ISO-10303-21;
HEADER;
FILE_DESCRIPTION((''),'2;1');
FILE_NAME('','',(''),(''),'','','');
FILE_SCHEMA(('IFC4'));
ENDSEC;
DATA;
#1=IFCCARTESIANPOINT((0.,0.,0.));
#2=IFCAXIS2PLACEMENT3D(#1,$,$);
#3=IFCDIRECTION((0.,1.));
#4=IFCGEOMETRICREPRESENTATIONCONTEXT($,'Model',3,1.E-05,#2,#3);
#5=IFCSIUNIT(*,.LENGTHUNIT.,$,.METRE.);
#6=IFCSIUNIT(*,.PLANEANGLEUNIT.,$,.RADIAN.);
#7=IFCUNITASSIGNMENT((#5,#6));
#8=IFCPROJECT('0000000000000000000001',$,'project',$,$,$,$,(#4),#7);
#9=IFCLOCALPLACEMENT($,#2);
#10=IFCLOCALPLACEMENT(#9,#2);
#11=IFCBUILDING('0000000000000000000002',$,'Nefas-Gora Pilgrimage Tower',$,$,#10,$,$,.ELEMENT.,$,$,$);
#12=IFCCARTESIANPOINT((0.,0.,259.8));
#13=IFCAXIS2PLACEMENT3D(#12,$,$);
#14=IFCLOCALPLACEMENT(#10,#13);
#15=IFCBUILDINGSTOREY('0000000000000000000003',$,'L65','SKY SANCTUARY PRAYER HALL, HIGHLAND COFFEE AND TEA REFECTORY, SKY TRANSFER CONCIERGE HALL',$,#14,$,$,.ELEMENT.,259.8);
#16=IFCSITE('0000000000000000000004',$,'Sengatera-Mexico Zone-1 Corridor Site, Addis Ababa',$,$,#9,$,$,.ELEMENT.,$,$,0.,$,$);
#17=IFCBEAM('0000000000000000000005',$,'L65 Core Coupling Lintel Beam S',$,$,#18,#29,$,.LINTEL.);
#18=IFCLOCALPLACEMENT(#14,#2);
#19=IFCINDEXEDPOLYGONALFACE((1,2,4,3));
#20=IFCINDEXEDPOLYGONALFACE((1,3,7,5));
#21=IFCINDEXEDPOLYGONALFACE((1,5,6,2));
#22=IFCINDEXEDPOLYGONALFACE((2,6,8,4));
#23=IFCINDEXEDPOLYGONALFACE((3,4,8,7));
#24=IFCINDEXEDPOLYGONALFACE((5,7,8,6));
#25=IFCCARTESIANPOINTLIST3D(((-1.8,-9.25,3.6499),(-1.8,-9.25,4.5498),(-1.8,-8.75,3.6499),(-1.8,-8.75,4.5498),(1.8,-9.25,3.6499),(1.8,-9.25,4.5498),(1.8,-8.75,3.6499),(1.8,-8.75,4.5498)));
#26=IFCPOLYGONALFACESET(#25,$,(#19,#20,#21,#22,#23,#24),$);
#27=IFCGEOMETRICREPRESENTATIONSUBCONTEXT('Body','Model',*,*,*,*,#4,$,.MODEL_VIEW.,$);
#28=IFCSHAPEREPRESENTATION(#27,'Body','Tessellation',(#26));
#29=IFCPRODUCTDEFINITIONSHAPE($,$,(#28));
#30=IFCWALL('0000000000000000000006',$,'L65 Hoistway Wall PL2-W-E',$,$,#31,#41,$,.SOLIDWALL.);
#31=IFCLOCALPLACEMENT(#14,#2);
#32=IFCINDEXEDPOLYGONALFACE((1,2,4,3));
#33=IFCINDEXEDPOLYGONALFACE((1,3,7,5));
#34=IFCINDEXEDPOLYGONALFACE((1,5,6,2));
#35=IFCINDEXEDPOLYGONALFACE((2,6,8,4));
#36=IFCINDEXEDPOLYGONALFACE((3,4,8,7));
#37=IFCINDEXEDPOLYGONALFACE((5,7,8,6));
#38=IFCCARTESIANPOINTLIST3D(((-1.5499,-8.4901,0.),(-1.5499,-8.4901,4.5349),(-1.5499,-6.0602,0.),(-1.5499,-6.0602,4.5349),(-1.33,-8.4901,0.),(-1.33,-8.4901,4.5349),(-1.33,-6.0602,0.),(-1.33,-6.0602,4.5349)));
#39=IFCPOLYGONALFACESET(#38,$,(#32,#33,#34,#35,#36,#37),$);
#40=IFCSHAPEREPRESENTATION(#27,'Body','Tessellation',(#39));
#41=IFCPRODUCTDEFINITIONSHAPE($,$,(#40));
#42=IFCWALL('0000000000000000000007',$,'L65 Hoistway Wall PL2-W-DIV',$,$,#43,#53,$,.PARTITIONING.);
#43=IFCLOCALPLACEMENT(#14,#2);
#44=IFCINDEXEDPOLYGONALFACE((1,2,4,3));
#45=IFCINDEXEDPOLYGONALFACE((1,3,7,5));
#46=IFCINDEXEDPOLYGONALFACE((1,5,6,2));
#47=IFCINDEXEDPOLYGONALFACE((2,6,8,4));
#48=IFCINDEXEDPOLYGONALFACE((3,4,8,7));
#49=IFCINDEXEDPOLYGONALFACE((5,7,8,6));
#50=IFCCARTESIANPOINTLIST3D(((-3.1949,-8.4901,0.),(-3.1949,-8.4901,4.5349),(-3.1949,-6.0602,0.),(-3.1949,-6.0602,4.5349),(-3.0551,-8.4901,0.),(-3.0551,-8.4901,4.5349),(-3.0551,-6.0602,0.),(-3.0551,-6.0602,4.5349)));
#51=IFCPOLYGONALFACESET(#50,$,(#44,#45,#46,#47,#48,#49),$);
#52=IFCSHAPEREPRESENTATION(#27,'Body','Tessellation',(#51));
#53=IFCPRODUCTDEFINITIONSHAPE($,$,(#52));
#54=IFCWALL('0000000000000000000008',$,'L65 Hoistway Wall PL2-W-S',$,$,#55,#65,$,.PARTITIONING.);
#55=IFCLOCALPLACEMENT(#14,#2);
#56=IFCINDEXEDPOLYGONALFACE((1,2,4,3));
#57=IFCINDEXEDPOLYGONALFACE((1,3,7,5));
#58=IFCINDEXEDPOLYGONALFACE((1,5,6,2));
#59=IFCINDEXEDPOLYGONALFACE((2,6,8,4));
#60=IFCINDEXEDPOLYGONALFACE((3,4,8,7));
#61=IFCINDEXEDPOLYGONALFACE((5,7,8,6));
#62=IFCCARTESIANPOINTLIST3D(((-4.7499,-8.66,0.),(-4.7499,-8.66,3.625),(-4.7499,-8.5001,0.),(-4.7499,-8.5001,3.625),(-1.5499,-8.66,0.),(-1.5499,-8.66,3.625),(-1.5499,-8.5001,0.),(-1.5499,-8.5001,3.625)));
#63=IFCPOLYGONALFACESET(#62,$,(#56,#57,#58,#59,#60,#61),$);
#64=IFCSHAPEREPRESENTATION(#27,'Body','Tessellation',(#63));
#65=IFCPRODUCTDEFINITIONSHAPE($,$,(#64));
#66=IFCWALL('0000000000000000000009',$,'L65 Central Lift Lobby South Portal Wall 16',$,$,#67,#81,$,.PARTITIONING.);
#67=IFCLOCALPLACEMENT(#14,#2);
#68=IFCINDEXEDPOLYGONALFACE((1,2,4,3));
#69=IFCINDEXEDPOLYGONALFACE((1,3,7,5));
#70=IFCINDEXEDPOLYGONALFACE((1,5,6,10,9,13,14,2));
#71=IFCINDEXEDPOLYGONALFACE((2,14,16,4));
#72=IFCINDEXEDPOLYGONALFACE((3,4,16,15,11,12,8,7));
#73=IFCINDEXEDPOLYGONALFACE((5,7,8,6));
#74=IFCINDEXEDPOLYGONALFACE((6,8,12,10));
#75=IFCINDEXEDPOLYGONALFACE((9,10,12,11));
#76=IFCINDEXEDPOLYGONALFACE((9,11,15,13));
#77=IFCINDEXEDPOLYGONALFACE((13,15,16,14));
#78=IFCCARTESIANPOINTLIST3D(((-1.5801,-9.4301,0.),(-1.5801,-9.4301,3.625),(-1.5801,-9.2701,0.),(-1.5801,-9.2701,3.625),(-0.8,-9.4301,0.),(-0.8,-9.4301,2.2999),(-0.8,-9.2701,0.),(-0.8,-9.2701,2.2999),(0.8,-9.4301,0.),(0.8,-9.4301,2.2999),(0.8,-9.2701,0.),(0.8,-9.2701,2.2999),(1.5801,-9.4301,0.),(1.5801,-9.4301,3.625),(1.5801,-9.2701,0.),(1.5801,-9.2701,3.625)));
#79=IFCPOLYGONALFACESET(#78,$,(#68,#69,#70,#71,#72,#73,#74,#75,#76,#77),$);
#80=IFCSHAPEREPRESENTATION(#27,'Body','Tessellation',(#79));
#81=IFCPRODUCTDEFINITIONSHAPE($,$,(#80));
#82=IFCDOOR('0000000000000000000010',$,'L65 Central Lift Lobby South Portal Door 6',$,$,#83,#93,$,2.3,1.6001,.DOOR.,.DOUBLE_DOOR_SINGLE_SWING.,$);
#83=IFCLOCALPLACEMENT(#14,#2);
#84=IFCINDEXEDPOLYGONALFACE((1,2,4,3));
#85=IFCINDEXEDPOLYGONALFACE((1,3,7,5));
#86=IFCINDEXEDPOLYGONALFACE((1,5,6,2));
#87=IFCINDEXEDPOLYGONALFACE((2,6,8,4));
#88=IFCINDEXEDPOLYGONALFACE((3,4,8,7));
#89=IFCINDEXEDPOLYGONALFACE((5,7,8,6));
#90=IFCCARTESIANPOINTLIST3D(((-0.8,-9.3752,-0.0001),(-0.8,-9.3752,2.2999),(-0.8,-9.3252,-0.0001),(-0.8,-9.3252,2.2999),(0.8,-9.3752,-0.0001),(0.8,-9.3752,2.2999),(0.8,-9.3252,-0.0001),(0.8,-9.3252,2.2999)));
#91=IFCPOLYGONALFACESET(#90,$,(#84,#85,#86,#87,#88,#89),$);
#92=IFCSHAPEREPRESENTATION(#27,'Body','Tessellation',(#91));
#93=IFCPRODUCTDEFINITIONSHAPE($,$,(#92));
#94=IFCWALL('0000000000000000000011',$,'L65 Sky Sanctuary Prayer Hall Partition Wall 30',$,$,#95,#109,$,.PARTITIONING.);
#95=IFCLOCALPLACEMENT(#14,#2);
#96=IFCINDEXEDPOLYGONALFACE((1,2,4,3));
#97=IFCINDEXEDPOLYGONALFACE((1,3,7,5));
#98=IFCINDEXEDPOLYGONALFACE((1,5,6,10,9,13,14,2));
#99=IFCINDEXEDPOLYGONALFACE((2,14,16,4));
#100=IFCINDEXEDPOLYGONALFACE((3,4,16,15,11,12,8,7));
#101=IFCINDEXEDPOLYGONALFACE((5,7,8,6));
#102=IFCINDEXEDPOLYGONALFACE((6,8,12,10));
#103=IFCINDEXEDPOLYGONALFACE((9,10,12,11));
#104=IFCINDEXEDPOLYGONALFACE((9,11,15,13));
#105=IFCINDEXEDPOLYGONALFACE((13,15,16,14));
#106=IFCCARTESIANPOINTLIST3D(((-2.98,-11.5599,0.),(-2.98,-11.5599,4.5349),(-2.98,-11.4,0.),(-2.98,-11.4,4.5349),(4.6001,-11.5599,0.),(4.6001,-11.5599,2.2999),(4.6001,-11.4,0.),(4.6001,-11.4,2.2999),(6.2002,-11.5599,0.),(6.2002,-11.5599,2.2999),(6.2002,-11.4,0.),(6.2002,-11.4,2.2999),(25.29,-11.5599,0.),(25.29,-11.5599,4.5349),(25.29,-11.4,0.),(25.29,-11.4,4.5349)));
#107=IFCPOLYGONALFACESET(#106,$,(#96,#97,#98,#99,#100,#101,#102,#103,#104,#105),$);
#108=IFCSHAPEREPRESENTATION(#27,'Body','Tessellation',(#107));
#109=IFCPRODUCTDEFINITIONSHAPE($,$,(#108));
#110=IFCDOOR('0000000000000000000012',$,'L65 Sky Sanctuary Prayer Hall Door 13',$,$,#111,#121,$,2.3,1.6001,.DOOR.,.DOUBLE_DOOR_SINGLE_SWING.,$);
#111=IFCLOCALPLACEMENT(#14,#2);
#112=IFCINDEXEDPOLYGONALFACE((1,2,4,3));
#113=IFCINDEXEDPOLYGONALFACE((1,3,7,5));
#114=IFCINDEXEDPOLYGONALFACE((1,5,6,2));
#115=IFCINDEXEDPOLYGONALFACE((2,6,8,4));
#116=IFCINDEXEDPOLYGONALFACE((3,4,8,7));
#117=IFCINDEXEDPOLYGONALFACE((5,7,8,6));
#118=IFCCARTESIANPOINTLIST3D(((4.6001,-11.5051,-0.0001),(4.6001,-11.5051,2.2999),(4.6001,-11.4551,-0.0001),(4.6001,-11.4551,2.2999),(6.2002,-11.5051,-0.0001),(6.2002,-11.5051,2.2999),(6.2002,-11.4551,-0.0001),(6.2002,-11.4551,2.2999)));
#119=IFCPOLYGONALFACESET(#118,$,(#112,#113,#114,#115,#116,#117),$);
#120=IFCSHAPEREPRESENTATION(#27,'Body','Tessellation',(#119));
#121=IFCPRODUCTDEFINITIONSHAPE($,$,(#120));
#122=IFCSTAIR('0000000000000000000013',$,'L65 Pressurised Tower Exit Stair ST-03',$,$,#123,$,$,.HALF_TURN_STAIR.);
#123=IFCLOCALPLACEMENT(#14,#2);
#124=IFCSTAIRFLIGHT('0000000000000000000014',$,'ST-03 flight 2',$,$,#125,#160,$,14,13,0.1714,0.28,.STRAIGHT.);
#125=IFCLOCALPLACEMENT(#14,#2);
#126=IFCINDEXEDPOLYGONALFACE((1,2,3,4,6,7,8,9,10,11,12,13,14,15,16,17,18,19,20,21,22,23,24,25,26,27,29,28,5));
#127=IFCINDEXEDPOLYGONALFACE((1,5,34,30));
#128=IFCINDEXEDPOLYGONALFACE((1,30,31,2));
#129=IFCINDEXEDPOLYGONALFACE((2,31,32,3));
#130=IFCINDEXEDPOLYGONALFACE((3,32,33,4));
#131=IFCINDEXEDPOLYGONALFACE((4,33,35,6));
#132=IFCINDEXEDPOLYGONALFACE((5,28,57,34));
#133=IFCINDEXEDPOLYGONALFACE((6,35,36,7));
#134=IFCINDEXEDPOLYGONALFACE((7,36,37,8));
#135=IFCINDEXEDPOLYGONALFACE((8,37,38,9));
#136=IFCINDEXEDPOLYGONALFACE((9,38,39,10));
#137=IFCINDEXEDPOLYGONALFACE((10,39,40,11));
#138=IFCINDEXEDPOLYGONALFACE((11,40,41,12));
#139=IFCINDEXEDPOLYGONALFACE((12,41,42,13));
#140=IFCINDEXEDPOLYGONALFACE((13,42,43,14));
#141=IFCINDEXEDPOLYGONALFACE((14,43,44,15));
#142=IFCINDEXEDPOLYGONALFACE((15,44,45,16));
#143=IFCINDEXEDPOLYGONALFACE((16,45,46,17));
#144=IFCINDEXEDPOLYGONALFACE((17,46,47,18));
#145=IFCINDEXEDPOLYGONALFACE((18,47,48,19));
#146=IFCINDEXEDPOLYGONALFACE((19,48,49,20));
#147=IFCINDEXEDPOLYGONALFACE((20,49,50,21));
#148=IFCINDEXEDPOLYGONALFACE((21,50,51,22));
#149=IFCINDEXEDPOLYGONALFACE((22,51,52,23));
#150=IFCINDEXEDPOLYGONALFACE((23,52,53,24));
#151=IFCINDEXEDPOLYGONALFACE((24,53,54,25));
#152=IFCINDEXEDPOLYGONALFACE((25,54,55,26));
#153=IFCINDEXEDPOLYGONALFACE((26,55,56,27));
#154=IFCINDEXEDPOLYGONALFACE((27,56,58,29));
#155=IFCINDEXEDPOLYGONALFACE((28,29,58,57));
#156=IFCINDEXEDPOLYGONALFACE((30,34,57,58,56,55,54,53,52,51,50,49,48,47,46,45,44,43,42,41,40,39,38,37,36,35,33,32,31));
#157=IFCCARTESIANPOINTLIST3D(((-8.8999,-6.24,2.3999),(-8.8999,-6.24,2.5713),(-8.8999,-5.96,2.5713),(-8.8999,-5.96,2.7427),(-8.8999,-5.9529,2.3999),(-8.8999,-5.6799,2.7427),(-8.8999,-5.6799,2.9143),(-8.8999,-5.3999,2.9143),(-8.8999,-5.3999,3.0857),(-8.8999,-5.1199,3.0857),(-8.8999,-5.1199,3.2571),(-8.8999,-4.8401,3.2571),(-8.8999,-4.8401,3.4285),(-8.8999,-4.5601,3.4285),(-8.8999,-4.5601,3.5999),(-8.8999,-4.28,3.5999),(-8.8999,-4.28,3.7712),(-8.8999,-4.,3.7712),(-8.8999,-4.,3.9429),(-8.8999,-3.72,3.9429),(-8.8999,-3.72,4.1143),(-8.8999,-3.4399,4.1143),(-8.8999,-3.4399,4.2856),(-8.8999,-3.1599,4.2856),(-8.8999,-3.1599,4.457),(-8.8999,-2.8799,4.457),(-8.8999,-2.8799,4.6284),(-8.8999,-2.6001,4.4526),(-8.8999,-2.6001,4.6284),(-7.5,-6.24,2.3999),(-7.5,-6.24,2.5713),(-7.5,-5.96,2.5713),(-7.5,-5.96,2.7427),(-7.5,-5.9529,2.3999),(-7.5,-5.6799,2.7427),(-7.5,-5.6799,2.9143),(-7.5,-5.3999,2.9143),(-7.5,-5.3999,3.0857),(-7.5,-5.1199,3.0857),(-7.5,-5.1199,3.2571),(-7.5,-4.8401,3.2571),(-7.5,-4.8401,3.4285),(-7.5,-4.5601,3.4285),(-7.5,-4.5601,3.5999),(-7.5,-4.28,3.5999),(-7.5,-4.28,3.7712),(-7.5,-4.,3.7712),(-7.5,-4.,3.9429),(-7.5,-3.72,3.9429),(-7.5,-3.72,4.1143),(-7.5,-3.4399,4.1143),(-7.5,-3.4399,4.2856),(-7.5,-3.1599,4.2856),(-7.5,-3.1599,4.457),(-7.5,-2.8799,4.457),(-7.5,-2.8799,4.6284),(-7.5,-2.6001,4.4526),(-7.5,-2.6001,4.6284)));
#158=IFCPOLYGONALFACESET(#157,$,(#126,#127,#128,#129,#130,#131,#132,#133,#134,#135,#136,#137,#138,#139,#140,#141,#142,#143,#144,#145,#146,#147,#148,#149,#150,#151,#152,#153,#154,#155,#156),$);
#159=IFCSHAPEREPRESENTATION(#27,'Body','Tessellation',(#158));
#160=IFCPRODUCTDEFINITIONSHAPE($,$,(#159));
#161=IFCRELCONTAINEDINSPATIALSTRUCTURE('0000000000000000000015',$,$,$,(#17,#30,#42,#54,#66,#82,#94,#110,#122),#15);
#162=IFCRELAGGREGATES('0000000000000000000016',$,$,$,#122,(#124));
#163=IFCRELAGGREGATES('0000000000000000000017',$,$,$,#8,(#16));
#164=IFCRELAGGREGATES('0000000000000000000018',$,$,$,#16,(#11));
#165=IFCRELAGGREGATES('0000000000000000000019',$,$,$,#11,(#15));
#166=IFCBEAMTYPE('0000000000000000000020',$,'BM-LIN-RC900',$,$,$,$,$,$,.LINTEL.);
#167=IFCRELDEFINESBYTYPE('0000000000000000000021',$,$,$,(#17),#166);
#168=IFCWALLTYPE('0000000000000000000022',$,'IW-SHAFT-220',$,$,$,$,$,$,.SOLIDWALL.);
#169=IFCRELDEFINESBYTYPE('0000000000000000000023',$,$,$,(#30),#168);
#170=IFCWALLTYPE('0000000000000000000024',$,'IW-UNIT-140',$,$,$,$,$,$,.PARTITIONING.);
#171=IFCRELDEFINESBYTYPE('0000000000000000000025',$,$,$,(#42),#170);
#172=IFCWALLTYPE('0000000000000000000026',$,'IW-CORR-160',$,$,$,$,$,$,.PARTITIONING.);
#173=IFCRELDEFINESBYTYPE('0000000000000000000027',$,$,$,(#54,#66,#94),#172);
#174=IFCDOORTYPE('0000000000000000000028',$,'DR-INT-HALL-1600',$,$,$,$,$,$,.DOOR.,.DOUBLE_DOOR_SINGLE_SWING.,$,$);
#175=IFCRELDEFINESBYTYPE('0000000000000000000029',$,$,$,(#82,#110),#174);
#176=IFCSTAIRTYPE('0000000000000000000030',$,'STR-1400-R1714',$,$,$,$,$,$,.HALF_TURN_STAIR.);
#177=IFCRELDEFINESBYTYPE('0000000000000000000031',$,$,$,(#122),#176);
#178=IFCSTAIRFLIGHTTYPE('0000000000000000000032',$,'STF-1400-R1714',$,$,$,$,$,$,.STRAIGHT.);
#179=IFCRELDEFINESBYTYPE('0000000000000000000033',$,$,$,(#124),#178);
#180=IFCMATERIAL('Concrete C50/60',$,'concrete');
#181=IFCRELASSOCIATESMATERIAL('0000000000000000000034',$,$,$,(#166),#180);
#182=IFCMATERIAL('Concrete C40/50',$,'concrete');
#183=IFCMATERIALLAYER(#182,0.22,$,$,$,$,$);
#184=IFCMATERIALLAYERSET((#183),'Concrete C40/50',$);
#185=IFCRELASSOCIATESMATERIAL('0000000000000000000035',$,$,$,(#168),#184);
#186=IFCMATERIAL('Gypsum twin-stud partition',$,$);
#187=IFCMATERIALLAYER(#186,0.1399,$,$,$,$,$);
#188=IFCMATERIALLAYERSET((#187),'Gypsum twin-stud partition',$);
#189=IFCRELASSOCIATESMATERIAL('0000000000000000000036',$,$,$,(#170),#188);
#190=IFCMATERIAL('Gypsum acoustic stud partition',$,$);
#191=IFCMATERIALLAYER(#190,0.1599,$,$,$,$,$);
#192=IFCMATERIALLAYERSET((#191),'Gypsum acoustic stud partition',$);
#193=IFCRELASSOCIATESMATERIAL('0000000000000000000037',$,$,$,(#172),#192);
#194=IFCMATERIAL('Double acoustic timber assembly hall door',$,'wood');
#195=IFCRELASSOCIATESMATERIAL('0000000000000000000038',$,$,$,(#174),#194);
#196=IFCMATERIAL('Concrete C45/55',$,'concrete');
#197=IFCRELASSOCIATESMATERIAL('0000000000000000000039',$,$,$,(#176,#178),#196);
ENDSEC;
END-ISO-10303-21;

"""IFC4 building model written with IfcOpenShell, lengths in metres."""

from ifc_helpers import new_model, si_unit, direction, frame, frame_2d, origin, origin_2d, place, context, subcontext, project, spatial, polyline, rectangle, outline, extrude, source, transform, mapped, material, layer, layer_set, material_profile, profile_set, type_object, element, fill, aggregate, save


model = new_model("IFC4")

# Units and contexts
model_context = context("Model", 3, precision=1e-05, world=origin(), true_north=direction((0.0, 1.0)))
body_context = subcontext(model_context, "Body", "Model", "MODEL_VIEW")
ifc_project = project(units=[si_unit("LENGTHUNIT", "METRE"), si_unit("PLANEANGLEUNIT", "RADIAN")], contexts=[model_context])

# Site, building, storey
site_placement = place(None, origin())
site = spatial("IfcSite", under=ifc_project, at=site_placement, Name="Sengatera-Mexico Zone-1 Corridor Site, Addis Ababa", CompositionType="ELEMENT", RefElevation=0.0)
building_placement = place(site_placement, origin())
building = spatial("IfcBuilding", under=site, at=building_placement, Name="Nefas-Gora Pilgrimage Tower", CompositionType="ELEMENT")
storey_placement = place(building_placement, frame((0.0, 0.0, 259.8)))
storey = spatial("IfcBuildingStorey", under=building, at=storey_placement, Name="L65", Description="SKY SANCTUARY PRAYER HALL, HIGHLAND COFFEE AND TEA REFECTORY, SKY TRANSFER CONCIERGE HALL", CompositionType="ELEMENT", Elevation=259.8)

# Beam
ifc_material_1 = material(Name="Concrete C50/60", Category="concrete")
ifc_material_profile = material_profile(ifc_material_1, rectangle(XDim=0.5, YDim=0.8999, at=origin_2d()), Name="RC 500x900")
ifc_profile_set = profile_set([ifc_material_profile], Name="Concrete C50/60")
beam_type = type_object("IfcBeamType", Name="BM-LIN-RC900", PredefinedType="LINTEL", material=ifc_profile_set)
shared_shape_1 = source(origin(), body_context, "Body", "SweptSolid", [
    extrude(rectangle(XDim=0.5, YDim=0.8999, at=origin_2d()), origin(), (0.0, 0.0, 1.0), 3.6001),
])
beam_placement = place(storey_placement, frame((-1.8, -9.0, 4.0999), z_axis=(1.0, 0.0, 0.0), x_axis=(0.0, 1.0, 0.0)))
element("IfcBeam", 1, at=beam_placement, inside=storey, type_object=beam_type, Name="L65 Core Coupling Lintel Beam S", PredefinedType="LINTEL", context=body_context, shape_type="MappedRepresentation", body=[
    mapped(shared_shape_1, transform((0.0, 0.0, 0.0), x_axis=(1.0, 0.0, 0.0), y_axis=(0.0, 1.0, 0.0), z_axis=(0.0, 0.0, 1.0), scale=1.0)),
])

# Walls
ifc_material_2 = material(Name="Concrete C40/50", Category="concrete")
ifc_layer_1 = layer(ifc_material_2, 0.22)
ifc_layer_set_1 = layer_set([ifc_layer_1], Name="Concrete C40/50")
wall_type_1 = type_object("IfcWallType", Name="IW-SHAFT-220", PredefinedType="SOLIDWALL", material=ifc_layer_set_1)
shared_shape_2 = source(origin(), body_context, "Body", "SweptSolid", [
    extrude(rectangle(XDim=2.4299, YDim=0.22, at=frame_2d((1.2148, 0.0))), origin(), (0.0, 0.0, 1.0), 4.5349),
])
for number, where, z_axis, x_axis, name in (
    (2, (-1.4399, -8.49, 0.0), (0.0, 0.0, 1.0), (0.0, 1.0, 0.0), "L65 Hoistway Wall PL2-W-E"),
):
    element("IfcWall", number, at=place(storey_placement, frame(where, z_axis=z_axis, x_axis=x_axis)), inside=storey, type_object=wall_type_1, Name=name, PredefinedType="SOLIDWALL", context=body_context, shape_type="MappedRepresentation", body=[
        mapped(shared_shape_2, transform((0.0, 0.0, 0.0), x_axis=(1.0, 0.0, 0.0), y_axis=(0.0, 1.0, 0.0), z_axis=(0.0, 0.0, 1.0), scale=1.0)),
    ])
ifc_material_3 = material(Name="Gypsum twin-stud partition")
ifc_layer_2 = layer(ifc_material_3, 0.1399)
ifc_layer_set_2 = layer_set([ifc_layer_2], Name="Gypsum twin-stud partition")
wall_type_2 = type_object("IfcWallType", Name="IW-UNIT-140", PredefinedType="PARTITIONING", material=ifc_layer_set_2)
shared_shape_3 = source(origin(), body_context, "Body", "SweptSolid", [
    extrude(rectangle(XDim=2.4299, YDim=0.1399, at=frame_2d((1.2148, 0.0))), origin(), (0.0, 0.0, 1.0), 4.5349),
])
wall_1_placement = place(storey_placement, frame((-3.125, -8.49, 0.0), z_axis=(0.0, 0.0, 1.0), x_axis=(0.0, 1.0, 0.0)))
element("IfcWall", 3, at=wall_1_placement, inside=storey, type_object=wall_type_2, Name="L65 Hoistway Wall PL2-W-DIV", PredefinedType="PARTITIONING", context=body_context, shape_type="MappedRepresentation", body=[
    mapped(shared_shape_3, transform((0.0, 0.0, 0.0), x_axis=(1.0, 0.0, 0.0), y_axis=(0.0, 1.0, 0.0), z_axis=(0.0, 0.0, 1.0), scale=1.0)),
])
ifc_material_4 = material(Name="Gypsum acoustic stud partition")
ifc_layer_3 = layer(ifc_material_4, 0.1599)
ifc_layer_set_3 = layer_set([ifc_layer_3], Name="Gypsum acoustic stud partition")
wall_type_3 = type_object("IfcWallType", Name="IW-CORR-160", PredefinedType="PARTITIONING", material=ifc_layer_set_3)
shared_shape_4 = source(origin(), body_context, "Body", "SweptSolid", [
    extrude(rectangle(XDim=3.2, YDim=0.1599, at=frame_2d((1.6001, 0.0))), origin(), (0.0, 0.0, 1.0), 3.625),
])
wall_2_placement = place(storey_placement, frame((-4.75, -8.5801, 0.0), z_axis=(0.0, 0.0, 1.0), x_axis=(1.0, 0.0, 0.0)))
element("IfcWall", 4, at=wall_2_placement, inside=storey, type_object=wall_type_3, Name="L65 Hoistway Wall PL2-W-S", PredefinedType="PARTITIONING", context=body_context, shape_type="MappedRepresentation", body=[
    mapped(shared_shape_4, transform((0.0, 0.0, 0.0), x_axis=(1.0, 0.0, 0.0), y_axis=(0.0, 1.0, 0.0), z_axis=(0.0, 0.0, 1.0), scale=1.0)),
])

# Walls, openings, doors
shared_shape_5 = source(origin(), body_context, "Body", "SweptSolid", [
    extrude(rectangle(XDim=3.1602, YDim=0.1599, at=frame_2d((1.5801, 0.0))), origin(), (0.0, 0.0, 1.0), 3.625),
])
wall_3_placement = place(storey_placement, frame((-1.5801, -9.3501, 0.0), z_axis=(0.0, 0.0, 1.0), x_axis=(1.0, 0.0, 0.0)))
wall_3 = element("IfcWall", 5, at=wall_3_placement, inside=storey, type_object=wall_type_3, Name="L65 Central Lift Lobby South Portal Wall 16", PredefinedType="PARTITIONING", context=body_context, shape_type="MappedRepresentation", body=[
    mapped(shared_shape_5, transform((0.0, 0.0, 0.0), x_axis=(1.0, 0.0, 0.0), y_axis=(0.0, 1.0, 0.0), z_axis=(0.0, 0.0, 1.0), scale=1.0)),
])
opening_1_placement = place(wall_3_placement, frame((0.78, 0.0, 0.0)))
opening_1 = element("IfcOpeningElement", 6, at=opening_1_placement, cuts=wall_3, PredefinedType="OPENING", context=body_context, shape_type="SweptSolid", body=[
    extrude(rectangle(XDim=1.6001, YDim=2.3, at=frame_2d((0.8, 1.1499))), frame((0.0, 0.0898, 0.0), z_axis=(0.0, -1.0, 0.0), x_axis=(1.0, 0.0, 0.0)), (0.0, 0.0, 1.0), 0.1799),
])
ifc_material_5 = material(Name="Double acoustic timber assembly hall door", Category="wood")
door_type = type_object("IfcDoorType", Name="DR-INT-HALL-1600", OperationType="DOUBLE_DOOR_SINGLE_SWING", PredefinedType="DOOR", material=ifc_material_5)
shared_shape_6 = source(origin(), body_context, "Body", "SweptSolid", [
    extrude(rectangle(XDim=1.6001, YDim=2.3, at=frame_2d((0.8, 1.1499))), frame((0.0, 0.0249, 0.0), z_axis=(0.0, -1.0, 0.0), x_axis=(1.0, 0.0, 0.0)), (0.0, 0.0, 1.0), 0.05),
])
door_1_placement = place(opening_1_placement, origin())
door_1 = element("IfcDoor", 7, at=door_1_placement, inside=storey, type_object=door_type, Name="L65 Central Lift Lobby South Portal Door 6", OperationType="DOUBLE_DOOR_SINGLE_SWING", OverallHeight=2.3, OverallWidth=1.6001, PredefinedType="DOOR", context=body_context, shape_type="MappedRepresentation", body=[
    mapped(shared_shape_6, transform((0.0, 0.0, 0.0), x_axis=(1.0, 0.0, 0.0), y_axis=(0.0, 1.0, 0.0), z_axis=(0.0, 0.0, 1.0), scale=1.0)),
])
fill(opening_1, door_1)
shared_shape_7 = source(origin(), body_context, "Body", "SweptSolid", [
    extrude(rectangle(XDim=28.27, YDim=0.1599, at=frame_2d((14.135, 0.0))), origin(), (0.0, 0.0, 1.0), 4.5349),
])
wall_4_placement = place(storey_placement, frame((-2.98, -11.48, 0.0), z_axis=(0.0, 0.0, 1.0), x_axis=(1.0, 0.0, 0.0)))
wall_4 = element("IfcWall", 8, at=wall_4_placement, inside=storey, type_object=wall_type_3, Name="L65 Sky Sanctuary Prayer Hall Partition Wall 30", PredefinedType="PARTITIONING", context=body_context, shape_type="MappedRepresentation", body=[
    mapped(shared_shape_7, transform((0.0, 0.0, 0.0), x_axis=(1.0, 0.0, 0.0), y_axis=(0.0, 1.0, 0.0), z_axis=(0.0, 0.0, 1.0), scale=1.0)),
])
opening_2_placement = place(wall_4_placement, frame((7.5801, 0.0, 0.0)))
opening_2 = element("IfcOpeningElement", 9, at=opening_2_placement, cuts=wall_4, PredefinedType="OPENING", context=body_context, shape_type="SweptSolid", body=[
    extrude(rectangle(XDim=1.6001, YDim=2.3, at=frame_2d((0.8, 1.1499))), frame((0.0, 0.0898, 0.0), z_axis=(0.0, -1.0, 0.0), x_axis=(1.0, 0.0, 0.0)), (0.0, 0.0, 1.0), 0.1799),
])
door_2_placement = place(opening_2_placement, origin())
door_2 = element("IfcDoor", 10, at=door_2_placement, inside=storey, type_object=door_type, Name="L65 Sky Sanctuary Prayer Hall Door 13", OperationType="DOUBLE_DOOR_SINGLE_SWING", OverallHeight=2.3, OverallWidth=1.6001, PredefinedType="DOOR", context=body_context, shape_type="MappedRepresentation", body=[
    mapped(shared_shape_6, transform((0.0, 0.0, 0.0), x_axis=(1.0, 0.0, 0.0), y_axis=(0.0, 1.0, 0.0), z_axis=(0.0, 0.0, 1.0), scale=1.0)),
])
fill(opening_2, door_2)

# Stair, stair flight
ifc_material_6 = material(Name="Concrete C45/55", Category="concrete")
stair_type = type_object("IfcStairType", Name="STR-1400-R1714", PredefinedType="HALF_TURN_STAIR", material=ifc_material_6)
stair_placement = place(storey_placement, origin())
stair = element("IfcStair", 11, at=stair_placement, inside=storey, type_object=stair_type, Name="L65 Pressurised Tower Exit Stair ST-03", PredefinedType="HALF_TURN_STAIR")
stair_flight_type = type_object("IfcStairFlightType", Name="STF-1400-R1714", PredefinedType="STRAIGHT", material=ifc_material_6)
shared_shape_8 = source(origin(), body_context, "Body", "SweptSolid", [
    extrude(outline(polyline([(0.0, 0.0), (0.0, 0.1714), (0.28, 0.1714), (0.28, 0.3428), (0.5601, 0.3428), (0.5601, 0.5144), (0.8401, 0.5144), (0.8401, 0.6858), (1.1201, 0.6858), (1.1201, 0.8572), (1.3999, 0.8572), (1.3999, 1.0286), (1.6799, 1.0286), (1.6799, 1.2), (1.96, 1.2), (1.96, 1.3713), (2.24, 1.3713), (2.24, 1.543), (2.52, 1.543), (2.52, 1.7144), (2.8, 1.7144), (2.8, 1.8857), (3.0801, 1.8857), (3.0801, 2.0571), (3.3601, 2.0571), (3.3601, 2.2285), (3.6399, 2.2285), (3.6399, 2.3999), (3.6399, 2.0527), (0.2871, 0.0), (0.0, 0.0)])), frame((0.0, 0.7, 0.0), z_axis=(0.0, -1.0, 0.0), x_axis=(1.0, 0.0, 0.0)), (0.0, 0.0, 1.0), 1.3999),
])
stair_flight_placement = place(storey_placement, frame((-8.2, -6.24, 2.3999), z_axis=(0.0, 0.0, 1.0), x_axis=(0.0, 1.0, 0.0)))
stair_flight = element("IfcStairFlight", 12, at=stair_flight_placement, type_object=stair_flight_type, Name="ST-03 flight 2", NumberOfRisers=14, NumberOfTreads=13, PredefinedType="STRAIGHT", RiserHeight=0.1714, TreadLength=0.28, context=body_context, shape_type="MappedRepresentation", body=[
    mapped(shared_shape_8, transform((0.0, 0.0, 0.0), x_axis=(1.0, 0.0, 0.0), y_axis=(0.0, 1.0, 0.0), z_axis=(0.0, 0.0, 1.0), scale=1.0)),
])
aggregate(stair, [stair_flight])

save(model, "model.ifc")
